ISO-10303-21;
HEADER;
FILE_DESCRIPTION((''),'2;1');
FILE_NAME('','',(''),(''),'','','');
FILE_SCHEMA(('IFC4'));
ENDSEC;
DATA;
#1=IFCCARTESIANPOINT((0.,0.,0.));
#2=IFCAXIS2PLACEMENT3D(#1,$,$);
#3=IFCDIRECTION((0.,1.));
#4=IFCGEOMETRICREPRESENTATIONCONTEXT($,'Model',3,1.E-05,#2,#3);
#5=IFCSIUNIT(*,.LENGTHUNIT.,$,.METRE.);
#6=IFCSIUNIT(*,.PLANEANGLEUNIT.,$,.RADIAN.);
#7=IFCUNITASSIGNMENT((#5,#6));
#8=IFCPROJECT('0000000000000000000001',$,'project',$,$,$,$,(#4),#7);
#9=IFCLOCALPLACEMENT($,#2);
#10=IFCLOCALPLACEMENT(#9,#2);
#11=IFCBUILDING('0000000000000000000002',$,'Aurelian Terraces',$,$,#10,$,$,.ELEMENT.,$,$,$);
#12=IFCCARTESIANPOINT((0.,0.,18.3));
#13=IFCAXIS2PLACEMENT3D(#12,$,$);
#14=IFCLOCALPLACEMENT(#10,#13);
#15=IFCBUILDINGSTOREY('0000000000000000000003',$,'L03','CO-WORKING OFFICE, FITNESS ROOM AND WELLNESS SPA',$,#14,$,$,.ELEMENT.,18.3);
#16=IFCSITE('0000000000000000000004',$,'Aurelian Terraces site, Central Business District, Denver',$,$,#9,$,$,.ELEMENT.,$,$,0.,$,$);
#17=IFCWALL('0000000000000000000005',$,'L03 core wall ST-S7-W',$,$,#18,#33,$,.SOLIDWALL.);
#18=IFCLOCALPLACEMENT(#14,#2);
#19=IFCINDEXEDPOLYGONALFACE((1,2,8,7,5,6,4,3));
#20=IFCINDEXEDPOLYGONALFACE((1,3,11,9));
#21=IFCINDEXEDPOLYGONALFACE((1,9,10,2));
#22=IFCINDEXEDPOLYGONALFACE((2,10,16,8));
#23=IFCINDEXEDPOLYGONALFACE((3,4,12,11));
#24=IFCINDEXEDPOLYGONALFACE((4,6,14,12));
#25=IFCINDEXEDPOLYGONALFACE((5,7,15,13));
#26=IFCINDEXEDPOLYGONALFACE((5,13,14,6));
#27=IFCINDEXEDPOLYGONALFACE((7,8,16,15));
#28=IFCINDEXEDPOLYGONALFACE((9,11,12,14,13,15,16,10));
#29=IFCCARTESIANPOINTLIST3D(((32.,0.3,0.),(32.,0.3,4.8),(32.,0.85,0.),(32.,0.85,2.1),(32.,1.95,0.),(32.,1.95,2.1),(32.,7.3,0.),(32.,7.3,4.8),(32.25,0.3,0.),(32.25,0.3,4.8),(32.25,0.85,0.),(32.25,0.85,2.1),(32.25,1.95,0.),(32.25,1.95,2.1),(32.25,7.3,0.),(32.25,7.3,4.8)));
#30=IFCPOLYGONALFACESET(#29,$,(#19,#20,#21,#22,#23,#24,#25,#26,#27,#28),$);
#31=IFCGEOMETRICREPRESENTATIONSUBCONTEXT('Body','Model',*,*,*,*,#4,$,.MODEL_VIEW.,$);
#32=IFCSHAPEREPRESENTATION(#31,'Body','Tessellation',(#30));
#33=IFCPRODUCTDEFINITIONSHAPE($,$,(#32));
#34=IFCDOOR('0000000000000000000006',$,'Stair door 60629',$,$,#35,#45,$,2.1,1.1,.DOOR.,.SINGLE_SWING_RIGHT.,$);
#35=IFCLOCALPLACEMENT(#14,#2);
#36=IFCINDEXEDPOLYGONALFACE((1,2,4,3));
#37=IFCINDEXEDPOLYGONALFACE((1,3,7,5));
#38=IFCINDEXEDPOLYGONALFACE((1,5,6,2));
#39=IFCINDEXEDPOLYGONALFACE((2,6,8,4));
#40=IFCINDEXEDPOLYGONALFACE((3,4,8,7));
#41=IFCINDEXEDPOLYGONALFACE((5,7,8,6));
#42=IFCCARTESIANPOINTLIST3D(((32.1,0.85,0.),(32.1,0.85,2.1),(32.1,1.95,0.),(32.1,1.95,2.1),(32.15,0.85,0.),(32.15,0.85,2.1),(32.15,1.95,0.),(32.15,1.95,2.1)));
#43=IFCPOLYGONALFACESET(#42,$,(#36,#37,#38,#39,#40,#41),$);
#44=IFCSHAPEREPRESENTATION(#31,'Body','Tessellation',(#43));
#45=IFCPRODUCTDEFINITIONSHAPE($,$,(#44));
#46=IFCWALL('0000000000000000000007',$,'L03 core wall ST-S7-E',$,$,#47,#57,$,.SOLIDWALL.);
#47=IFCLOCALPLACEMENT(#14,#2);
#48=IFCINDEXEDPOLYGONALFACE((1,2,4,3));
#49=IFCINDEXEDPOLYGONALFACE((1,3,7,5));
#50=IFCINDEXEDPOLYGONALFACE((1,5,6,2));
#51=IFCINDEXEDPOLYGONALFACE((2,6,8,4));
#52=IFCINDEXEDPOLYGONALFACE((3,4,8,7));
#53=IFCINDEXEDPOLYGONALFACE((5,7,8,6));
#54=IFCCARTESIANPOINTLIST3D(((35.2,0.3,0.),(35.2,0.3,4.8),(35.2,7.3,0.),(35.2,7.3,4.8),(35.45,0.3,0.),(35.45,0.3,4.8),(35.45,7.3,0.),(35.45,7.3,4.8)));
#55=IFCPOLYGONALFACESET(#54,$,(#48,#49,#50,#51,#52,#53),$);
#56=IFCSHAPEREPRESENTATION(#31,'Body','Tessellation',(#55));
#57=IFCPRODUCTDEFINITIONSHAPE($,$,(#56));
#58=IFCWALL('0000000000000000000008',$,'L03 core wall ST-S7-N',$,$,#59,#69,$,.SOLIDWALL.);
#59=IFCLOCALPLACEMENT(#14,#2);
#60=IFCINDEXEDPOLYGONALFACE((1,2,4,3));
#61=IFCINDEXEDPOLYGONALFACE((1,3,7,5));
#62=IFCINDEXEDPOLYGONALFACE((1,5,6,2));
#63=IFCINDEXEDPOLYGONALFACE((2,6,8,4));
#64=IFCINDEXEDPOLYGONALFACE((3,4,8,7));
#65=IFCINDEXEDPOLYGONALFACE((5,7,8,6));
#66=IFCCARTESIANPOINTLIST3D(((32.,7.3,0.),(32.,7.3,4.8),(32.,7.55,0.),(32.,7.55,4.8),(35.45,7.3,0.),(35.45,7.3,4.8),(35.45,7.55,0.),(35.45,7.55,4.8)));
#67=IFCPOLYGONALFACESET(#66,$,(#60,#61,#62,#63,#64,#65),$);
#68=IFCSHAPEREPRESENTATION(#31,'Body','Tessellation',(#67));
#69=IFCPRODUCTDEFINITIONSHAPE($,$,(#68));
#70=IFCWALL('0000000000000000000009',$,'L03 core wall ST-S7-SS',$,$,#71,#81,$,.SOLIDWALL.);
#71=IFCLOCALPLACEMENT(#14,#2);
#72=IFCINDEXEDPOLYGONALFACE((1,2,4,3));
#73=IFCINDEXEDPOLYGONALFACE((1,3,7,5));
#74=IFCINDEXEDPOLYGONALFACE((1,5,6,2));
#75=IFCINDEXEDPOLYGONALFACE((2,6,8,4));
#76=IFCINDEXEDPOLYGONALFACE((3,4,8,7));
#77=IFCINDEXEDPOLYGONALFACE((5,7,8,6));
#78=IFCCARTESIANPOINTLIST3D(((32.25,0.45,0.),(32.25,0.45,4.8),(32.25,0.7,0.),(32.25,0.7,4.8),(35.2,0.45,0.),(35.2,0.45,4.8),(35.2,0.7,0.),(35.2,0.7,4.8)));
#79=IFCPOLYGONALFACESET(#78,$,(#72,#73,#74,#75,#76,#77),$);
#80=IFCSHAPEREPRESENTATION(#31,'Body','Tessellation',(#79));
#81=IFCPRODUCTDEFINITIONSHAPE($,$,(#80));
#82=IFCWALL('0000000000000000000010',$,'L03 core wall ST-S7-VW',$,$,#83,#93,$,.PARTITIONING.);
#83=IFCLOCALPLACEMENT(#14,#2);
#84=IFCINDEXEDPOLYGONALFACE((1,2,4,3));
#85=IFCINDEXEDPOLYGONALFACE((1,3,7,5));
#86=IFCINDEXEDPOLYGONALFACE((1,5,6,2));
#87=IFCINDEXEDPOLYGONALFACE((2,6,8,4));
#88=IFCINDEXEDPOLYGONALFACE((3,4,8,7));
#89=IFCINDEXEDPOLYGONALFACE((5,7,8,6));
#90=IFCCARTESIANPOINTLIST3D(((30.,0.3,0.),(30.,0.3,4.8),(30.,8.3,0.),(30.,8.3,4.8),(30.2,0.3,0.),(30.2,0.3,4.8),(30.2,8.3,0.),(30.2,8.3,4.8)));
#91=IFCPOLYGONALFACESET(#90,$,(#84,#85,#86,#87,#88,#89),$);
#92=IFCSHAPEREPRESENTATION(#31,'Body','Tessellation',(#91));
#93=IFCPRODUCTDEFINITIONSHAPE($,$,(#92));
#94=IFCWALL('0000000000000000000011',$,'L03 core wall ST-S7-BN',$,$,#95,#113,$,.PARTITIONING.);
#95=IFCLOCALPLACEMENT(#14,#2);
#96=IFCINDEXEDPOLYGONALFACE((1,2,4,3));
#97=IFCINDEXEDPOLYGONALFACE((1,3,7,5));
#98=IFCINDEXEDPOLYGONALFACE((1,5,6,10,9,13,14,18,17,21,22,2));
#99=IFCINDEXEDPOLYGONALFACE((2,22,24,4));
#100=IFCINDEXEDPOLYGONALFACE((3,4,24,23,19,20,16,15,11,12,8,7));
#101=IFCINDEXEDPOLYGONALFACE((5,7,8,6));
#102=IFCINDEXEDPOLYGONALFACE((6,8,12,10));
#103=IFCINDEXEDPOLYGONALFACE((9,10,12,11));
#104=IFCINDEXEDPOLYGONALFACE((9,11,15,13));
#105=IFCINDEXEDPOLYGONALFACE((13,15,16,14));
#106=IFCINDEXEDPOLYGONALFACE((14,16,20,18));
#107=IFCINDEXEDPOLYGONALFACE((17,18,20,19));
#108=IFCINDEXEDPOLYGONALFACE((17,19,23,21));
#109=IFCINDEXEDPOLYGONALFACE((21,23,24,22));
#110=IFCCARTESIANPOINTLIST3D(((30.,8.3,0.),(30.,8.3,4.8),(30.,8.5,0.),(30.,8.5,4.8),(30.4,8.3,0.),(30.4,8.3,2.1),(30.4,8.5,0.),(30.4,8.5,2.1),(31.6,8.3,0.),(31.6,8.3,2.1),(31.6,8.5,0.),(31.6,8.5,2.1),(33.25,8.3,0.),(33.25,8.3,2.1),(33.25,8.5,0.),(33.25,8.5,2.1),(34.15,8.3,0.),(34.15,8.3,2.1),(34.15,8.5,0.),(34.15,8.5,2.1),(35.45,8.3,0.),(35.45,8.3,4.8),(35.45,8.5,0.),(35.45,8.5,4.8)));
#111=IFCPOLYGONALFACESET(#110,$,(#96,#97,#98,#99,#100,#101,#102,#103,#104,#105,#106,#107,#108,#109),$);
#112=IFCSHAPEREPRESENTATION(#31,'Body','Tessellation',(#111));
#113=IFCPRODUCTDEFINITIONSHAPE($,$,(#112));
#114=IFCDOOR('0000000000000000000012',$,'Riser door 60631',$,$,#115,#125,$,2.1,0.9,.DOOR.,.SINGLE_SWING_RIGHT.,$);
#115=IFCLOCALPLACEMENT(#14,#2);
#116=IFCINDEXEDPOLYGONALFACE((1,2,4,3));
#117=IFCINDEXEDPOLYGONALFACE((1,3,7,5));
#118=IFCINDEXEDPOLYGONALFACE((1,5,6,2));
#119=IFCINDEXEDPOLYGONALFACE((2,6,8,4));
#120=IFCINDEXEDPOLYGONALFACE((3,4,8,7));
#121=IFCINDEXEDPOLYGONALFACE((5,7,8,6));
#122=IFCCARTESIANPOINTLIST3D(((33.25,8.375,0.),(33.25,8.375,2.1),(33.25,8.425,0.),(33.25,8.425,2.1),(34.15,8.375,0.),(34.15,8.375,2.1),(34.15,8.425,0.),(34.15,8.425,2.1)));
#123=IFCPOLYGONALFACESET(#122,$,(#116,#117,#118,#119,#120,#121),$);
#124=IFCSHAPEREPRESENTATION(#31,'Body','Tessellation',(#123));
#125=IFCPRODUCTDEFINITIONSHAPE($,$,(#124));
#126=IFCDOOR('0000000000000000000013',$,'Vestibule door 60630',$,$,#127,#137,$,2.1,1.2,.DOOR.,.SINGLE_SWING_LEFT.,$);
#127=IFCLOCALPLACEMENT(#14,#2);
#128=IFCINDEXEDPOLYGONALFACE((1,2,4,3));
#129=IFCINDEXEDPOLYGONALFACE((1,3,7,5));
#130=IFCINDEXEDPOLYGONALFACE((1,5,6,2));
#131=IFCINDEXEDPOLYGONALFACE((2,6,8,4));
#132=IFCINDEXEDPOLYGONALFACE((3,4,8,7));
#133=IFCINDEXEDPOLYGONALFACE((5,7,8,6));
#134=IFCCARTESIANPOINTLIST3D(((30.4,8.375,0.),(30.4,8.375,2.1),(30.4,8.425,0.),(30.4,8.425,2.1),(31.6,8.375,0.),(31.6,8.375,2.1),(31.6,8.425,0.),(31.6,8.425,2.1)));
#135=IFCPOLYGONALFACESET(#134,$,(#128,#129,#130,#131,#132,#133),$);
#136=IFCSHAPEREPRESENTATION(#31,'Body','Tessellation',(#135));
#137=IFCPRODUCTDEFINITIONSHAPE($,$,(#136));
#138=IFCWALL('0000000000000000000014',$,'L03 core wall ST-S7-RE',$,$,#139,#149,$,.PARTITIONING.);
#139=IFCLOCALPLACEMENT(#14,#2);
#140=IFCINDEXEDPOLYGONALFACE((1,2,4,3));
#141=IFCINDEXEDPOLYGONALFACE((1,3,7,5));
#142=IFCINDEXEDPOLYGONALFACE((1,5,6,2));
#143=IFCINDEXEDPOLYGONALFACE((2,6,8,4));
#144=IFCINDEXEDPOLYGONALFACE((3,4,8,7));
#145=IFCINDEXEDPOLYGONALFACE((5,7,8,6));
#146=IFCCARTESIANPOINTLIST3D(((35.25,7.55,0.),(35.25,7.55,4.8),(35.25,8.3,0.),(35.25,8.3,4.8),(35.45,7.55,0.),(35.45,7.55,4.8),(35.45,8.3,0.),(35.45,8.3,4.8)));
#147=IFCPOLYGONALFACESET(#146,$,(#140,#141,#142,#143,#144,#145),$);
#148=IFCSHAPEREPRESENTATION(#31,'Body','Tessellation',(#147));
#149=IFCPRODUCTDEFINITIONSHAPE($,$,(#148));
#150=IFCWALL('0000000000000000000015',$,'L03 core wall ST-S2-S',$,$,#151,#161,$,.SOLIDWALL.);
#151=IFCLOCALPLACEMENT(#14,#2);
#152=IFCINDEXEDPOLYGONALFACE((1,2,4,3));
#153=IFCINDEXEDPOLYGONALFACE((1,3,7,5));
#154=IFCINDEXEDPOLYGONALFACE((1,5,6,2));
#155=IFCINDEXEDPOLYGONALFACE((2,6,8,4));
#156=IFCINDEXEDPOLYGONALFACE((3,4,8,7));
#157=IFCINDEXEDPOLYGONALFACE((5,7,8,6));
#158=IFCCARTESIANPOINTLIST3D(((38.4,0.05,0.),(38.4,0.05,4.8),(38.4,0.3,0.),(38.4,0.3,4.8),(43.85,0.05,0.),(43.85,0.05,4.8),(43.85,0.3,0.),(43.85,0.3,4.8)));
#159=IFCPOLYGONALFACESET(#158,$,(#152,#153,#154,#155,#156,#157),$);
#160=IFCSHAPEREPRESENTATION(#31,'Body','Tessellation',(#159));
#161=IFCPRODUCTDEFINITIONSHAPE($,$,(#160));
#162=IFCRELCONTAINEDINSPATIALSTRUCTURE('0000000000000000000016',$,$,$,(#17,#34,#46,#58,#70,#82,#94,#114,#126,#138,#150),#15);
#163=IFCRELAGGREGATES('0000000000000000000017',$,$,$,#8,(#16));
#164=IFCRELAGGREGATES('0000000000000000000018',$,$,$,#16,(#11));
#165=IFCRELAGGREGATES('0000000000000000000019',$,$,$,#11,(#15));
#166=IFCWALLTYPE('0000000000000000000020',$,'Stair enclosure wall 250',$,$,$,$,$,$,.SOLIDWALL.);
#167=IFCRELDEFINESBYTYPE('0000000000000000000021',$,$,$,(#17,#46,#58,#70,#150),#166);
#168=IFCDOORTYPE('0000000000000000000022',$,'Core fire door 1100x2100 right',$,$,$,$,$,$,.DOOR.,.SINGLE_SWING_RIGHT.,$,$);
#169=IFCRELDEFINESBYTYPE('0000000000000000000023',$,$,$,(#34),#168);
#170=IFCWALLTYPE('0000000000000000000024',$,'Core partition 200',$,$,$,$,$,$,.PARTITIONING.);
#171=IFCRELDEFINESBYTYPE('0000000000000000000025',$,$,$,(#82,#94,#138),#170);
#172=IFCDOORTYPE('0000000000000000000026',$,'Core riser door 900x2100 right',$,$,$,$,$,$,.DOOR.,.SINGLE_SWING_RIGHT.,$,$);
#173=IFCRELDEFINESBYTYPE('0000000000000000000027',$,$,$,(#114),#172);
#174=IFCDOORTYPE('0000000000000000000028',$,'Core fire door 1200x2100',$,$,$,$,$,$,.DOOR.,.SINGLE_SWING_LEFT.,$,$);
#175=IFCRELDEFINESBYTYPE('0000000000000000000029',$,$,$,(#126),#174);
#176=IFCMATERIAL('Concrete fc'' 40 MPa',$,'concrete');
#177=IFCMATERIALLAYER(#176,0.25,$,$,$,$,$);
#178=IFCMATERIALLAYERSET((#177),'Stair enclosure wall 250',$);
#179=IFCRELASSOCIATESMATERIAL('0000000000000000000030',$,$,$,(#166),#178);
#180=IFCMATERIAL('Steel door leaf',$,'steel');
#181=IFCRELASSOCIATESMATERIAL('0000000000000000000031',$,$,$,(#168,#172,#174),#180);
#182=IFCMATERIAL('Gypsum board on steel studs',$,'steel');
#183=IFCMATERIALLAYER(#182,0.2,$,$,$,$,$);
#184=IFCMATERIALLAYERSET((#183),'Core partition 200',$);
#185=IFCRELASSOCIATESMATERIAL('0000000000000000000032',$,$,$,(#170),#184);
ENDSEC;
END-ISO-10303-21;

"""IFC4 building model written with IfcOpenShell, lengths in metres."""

from ifc_helpers import new_model, si_unit, direction, frame, frame_2d, origin, place, context, subcontext, project, spatial, rectangle, extrude, source, transform, mapped, material, layer, layer_set, type_object, element, fill, save


model = new_model("IFC4")

# Units and contexts
model_context = context("Model", 3, precision=1e-05, world=origin(), true_north=direction((0.0, 1.0)))
body_context = subcontext(model_context, "Body", "Model", "MODEL_VIEW")
ifc_project = project(units=[si_unit("LENGTHUNIT", "METRE"), si_unit("PLANEANGLEUNIT", "RADIAN")], contexts=[model_context])

# Site, building, storey
site_placement = place(None, origin())
site = spatial("IfcSite", under=ifc_project, at=site_placement, Name="Aurelian Terraces site, Central Business District, Denver", CompositionType="ELEMENT", RefElevation=0.0)
building_placement = place(site_placement, origin())
building = spatial("IfcBuilding", under=site, at=building_placement, Name="Aurelian Terraces", CompositionType="ELEMENT")
storey_placement = place(building_placement, frame((0.0, 0.0, 18.3)))
storey = spatial("IfcBuildingStorey", under=building, at=storey_placement, Name="L03", Description="CO-WORKING OFFICE, FITNESS ROOM AND WELLNESS SPA", CompositionType="ELEMENT", Elevation=18.3)

# Wall, opening, door
ifc_material_1 = material(Name="Concrete fc' 40 MPa", Category="concrete")
ifc_layer_1 = layer(ifc_material_1, 0.25)
ifc_layer_set_1 = layer_set([ifc_layer_1], Name="Stair enclosure wall 250")
wall_type_1 = type_object("IfcWallType", Name="Stair enclosure wall 250", PredefinedType="SOLIDWALL", material=ifc_layer_set_1)
shared_shape_1 = source(origin(), body_context, "Body", "SweptSolid", [
    extrude(rectangle(XDim=7.0, YDim=0.25, at=frame_2d((3.5, 0.0))), origin(), (0.0, 0.0, 1.0), 4.8),
])
wall_1_placement = place(storey_placement, frame((32.125, 0.3, 0.0), z_axis=(0.0, 0.0, 1.0), x_axis=(0.0, 1.0, 0.0)))
wall_1 = element("IfcWall", 1, at=wall_1_placement, inside=storey, type_object=wall_type_1, Name="L03 core wall ST-S7-W", PredefinedType="SOLIDWALL", context=body_context, shape_type="MappedRepresentation", body=[
    mapped(shared_shape_1, transform((0.0, 0.0, 0.0), scale=1.0)),
])
shared_shape_2 = source(origin(), body_context, "Body", "SweptSolid", [
    extrude(rectangle(XDim=1.1, YDim=2.1, at=frame_2d((0.55, 1.05))), frame((0.0, 0.135, 0.0), z_axis=(0.0, -1.0, 0.0), x_axis=(1.0, 0.0, 0.0)), (0.0, 0.0, 1.0), 0.27),
])
opening_1_placement = place(wall_1_placement, frame((0.55, 0.0, 0.0)))
opening_1 = element("IfcOpeningElement", 2, at=opening_1_placement, cuts=wall_1, PredefinedType="OPENING", context=body_context, shape_type="MappedRepresentation", body=[
    mapped(shared_shape_2, transform((0.0, 0.0, 0.0), scale=1.0)),
])
ifc_material_2 = material(Name="Steel door leaf", Category="steel")
door_type_1 = type_object("IfcDoorType", Name="Core fire door 1100x2100 right", OperationType="SINGLE_SWING_RIGHT", PredefinedType="DOOR", material=ifc_material_2)
shared_shape_3 = source(origin(), body_context, "Body", "SweptSolid", [
    extrude(rectangle(XDim=1.1, YDim=2.1, at=frame_2d((0.55, 1.05))), frame((0.0, 0.025, 0.0), z_axis=(0.0, -1.0, 0.0), x_axis=(1.0, 0.0, 0.0)), (0.0, 0.0, 1.0), 0.05),
])
door_1_placement = place(opening_1_placement, origin())
door_1 = element("IfcDoor", 3, at=door_1_placement, inside=storey, type_object=door_type_1, Name="Stair door 60629", OperationType="SINGLE_SWING_RIGHT", OverallHeight=2.1, OverallWidth=1.1, PredefinedType="DOOR", context=body_context, shape_type="MappedRepresentation", body=[
    mapped(shared_shape_3, transform((0.0, 0.0, 0.0), scale=1.0)),
])
fill(opening_1, door_1)

# Walls
wall_2_placement = place(storey_placement, frame((35.325, 0.3, 0.0), z_axis=(0.0, 0.0, 1.0), x_axis=(0.0, 1.0, 0.0)))
element("IfcWall", 4, at=wall_2_placement, inside=storey, type_object=wall_type_1, Name="L03 core wall ST-S7-E", PredefinedType="SOLIDWALL", context=body_context, shape_type="MappedRepresentation", body=[
    mapped(shared_shape_1, transform((0.0, 0.0, 0.0), scale=1.0)),
])
shared_shape_4 = source(origin(), body_context, "Body", "SweptSolid", [
    extrude(rectangle(XDim=3.45, YDim=0.25, at=frame_2d((1.725, 0.0))), origin(), (0.0, 0.0, 1.0), 4.8),
])
wall_3_placement = place(storey_placement, frame((32.0, 7.425, 0.0), z_axis=(0.0, 0.0, 1.0), x_axis=(1.0, 0.0, 0.0)))
element("IfcWall", 5, at=wall_3_placement, inside=storey, type_object=wall_type_1, Name="L03 core wall ST-S7-N", PredefinedType="SOLIDWALL", context=body_context, shape_type="MappedRepresentation", body=[
    mapped(shared_shape_4, transform((0.0, 0.0, 0.0), scale=1.0)),
])
shared_shape_5 = source(origin(), body_context, "Body", "SweptSolid", [
    extrude(rectangle(XDim=2.95, YDim=0.25, at=frame_2d((1.475, 0.0))), origin(), (0.0, 0.0, 1.0), 4.8),
])
wall_4_placement = place(storey_placement, frame((32.25, 0.575, 0.0), z_axis=(0.0, 0.0, 1.0), x_axis=(1.0, 0.0, 0.0)))
element("IfcWall", 6, at=wall_4_placement, inside=storey, type_object=wall_type_1, Name="L03 core wall ST-S7-SS", PredefinedType="SOLIDWALL", context=body_context, shape_type="MappedRepresentation", body=[
    mapped(shared_shape_5, transform((0.0, 0.0, 0.0), scale=1.0)),
])
ifc_material_3 = material(Name="Gypsum board on steel studs", Category="steel")
ifc_layer_2 = layer(ifc_material_3, 0.2)
ifc_layer_set_2 = layer_set([ifc_layer_2], Name="Core partition 200")
wall_type_2 = type_object("IfcWallType", Name="Core partition 200", PredefinedType="PARTITIONING", material=ifc_layer_set_2)
shared_shape_6 = source(origin(), body_context, "Body", "SweptSolid", [
    extrude(rectangle(XDim=8.0, YDim=0.2, at=frame_2d((4.0, 0.0))), origin(), (0.0, 0.0, 1.0), 4.8),
])
wall_5_placement = place(storey_placement, frame((30.1, 0.3, 0.0), z_axis=(0.0, 0.0, 1.0), x_axis=(0.0, 1.0, 0.0)))
element("IfcWall", 7, at=wall_5_placement, inside=storey, type_object=wall_type_2, Name="L03 core wall ST-S7-VW", PredefinedType="PARTITIONING", context=body_context, shape_type="MappedRepresentation", body=[
    mapped(shared_shape_6, transform((0.0, 0.0, 0.0), scale=1.0)),
])

# Wall, openings, doors
shared_shape_7 = source(origin(), body_context, "Body", "SweptSolid", [
    extrude(rectangle(XDim=5.45, YDim=0.2, at=frame_2d((2.725, 0.0))), origin(), (0.0, 0.0, 1.0), 4.8),
])
wall_6_placement = place(storey_placement, frame((30.0, 8.4, 0.0), z_axis=(0.0, 0.0, 1.0), x_axis=(1.0, 0.0, 0.0)))
wall_6 = element("IfcWall", 8, at=wall_6_placement, inside=storey, type_object=wall_type_2, Name="L03 core wall ST-S7-BN", PredefinedType="PARTITIONING", context=body_context, shape_type="MappedRepresentation", body=[
    mapped(shared_shape_7, transform((0.0, 0.0, 0.0), scale=1.0)),
])
shared_shape_8 = source(origin(), body_context, "Body", "SweptSolid", [
    extrude(rectangle(XDim=1.2, YDim=2.1, at=frame_2d((0.6, 1.05))), frame((0.0, 0.11, 0.0), z_axis=(0.0, -1.0, 0.0), x_axis=(1.0, 0.0, 0.0)), (0.0, 0.0, 1.0), 0.22),
])
opening_2_placement = place(wall_6_placement, frame((0.4, 0.0, 0.0)))
opening_2 = element("IfcOpeningElement", 9, at=opening_2_placement, cuts=wall_6, PredefinedType="OPENING", context=body_context, shape_type="MappedRepresentation", body=[
    mapped(shared_shape_8, transform((0.0, 0.0, 0.0), scale=1.0)),
])
shared_shape_9 = source(origin(), body_context, "Body", "SweptSolid", [
    extrude(rectangle(XDim=0.9, YDim=2.1, at=frame_2d((0.45, 1.05))), frame((0.0, 0.11, 0.0), z_axis=(0.0, -1.0, 0.0), x_axis=(1.0, 0.0, 0.0)), (0.0, 0.0, 1.0), 0.22),
])
opening_3_placement = place(wall_6_placement, frame((3.25, 0.0, 0.0)))
opening_3 = element("IfcOpeningElement", 10, at=opening_3_placement, cuts=wall_6, PredefinedType="OPENING", context=body_context, shape_type="MappedRepresentation", body=[
    mapped(shared_shape_9, transform((0.0, 0.0, 0.0), scale=1.0)),
])
door_type_2 = type_object("IfcDoorType", Name="Core riser door 900x2100 right", OperationType="SINGLE_SWING_RIGHT", PredefinedType="DOOR", material=ifc_material_2)
shared_shape_10 = source(origin(), body_context, "Body", "SweptSolid", [
    extrude(rectangle(XDim=0.9, YDim=2.1, at=frame_2d((0.45, 1.05))), frame((0.0, 0.025, 0.0), z_axis=(0.0, -1.0, 0.0), x_axis=(1.0, 0.0, 0.0)), (0.0, 0.0, 1.0), 0.05),
])
door_2_placement = place(opening_3_placement, origin())
door_2 = element("IfcDoor", 11, at=door_2_placement, inside=storey, type_object=door_type_2, Name="Riser door 60631", OperationType="SINGLE_SWING_RIGHT", OverallHeight=2.1, OverallWidth=0.9, PredefinedType="DOOR", context=body_context, shape_type="MappedRepresentation", body=[
    mapped(shared_shape_10, transform((0.0, 0.0, 0.0), scale=1.0)),
])
fill(opening_3, door_2)
door_type_3 = type_object("IfcDoorType", Name="Core fire door 1200x2100", OperationType="SINGLE_SWING_LEFT", PredefinedType="DOOR", material=ifc_material_2)
shared_shape_11 = source(origin(), body_context, "Body", "SweptSolid", [
    extrude(rectangle(XDim=1.2, YDim=2.1, at=frame_2d((0.6, 1.05))), frame((0.0, 0.025, 0.0), z_axis=(0.0, -1.0, 0.0), x_axis=(1.0, 0.0, 0.0)), (0.0, 0.0, 1.0), 0.05),
])
door_3_placement = place(opening_2_placement, origin())
door_3 = element("IfcDoor", 12, at=door_3_placement, inside=storey, type_object=door_type_3, Name="Vestibule door 60630", OperationType="SINGLE_SWING_LEFT", OverallHeight=2.1, OverallWidth=1.2, PredefinedType="DOOR", context=body_context, shape_type="MappedRepresentation", body=[
    mapped(shared_shape_11, transform((0.0, 0.0, 0.0), scale=1.0)),
])
fill(opening_2, door_3)

# Walls
shared_shape_12 = source(origin(), body_context, "Body", "SweptSolid", [
    extrude(rectangle(XDim=0.75, YDim=0.2, at=frame_2d((0.375, 0.0))), origin(), (0.0, 0.0, 1.0), 4.8),
])
wall_7_placement = place(storey_placement, frame((35.35, 7.55, 0.0), z_axis=(0.0, 0.0, 1.0), x_axis=(0.0, 1.0, 0.0)))
element("IfcWall", 13, at=wall_7_placement, inside=storey, type_object=wall_type_2, Name="L03 core wall ST-S7-RE", PredefinedType="PARTITIONING", context=body_context, shape_type="MappedRepresentation", body=[
    mapped(shared_shape_12, transform((0.0, 0.0, 0.0), scale=1.0)),
])
shared_shape_13 = source(origin(), body_context, "Body", "SweptSolid", [
    extrude(rectangle(XDim=5.45, YDim=0.25, at=frame_2d((2.725, 0.0))), origin(), (0.0, 0.0, 1.0), 4.8),
])
for number, where, z_axis, x_axis, name in (
    (14, (38.4, 0.175, 0.0), (0.0, 0.0, 1.0), (1.0, 0.0, 0.0), "L03 core wall ST-S2-S"),
):
    element("IfcWall", number, at=place(storey_placement, frame(where, z_axis=z_axis, x_axis=x_axis)), inside=storey, type_object=wall_type_1, Name=name, PredefinedType="SOLIDWALL", context=body_context, shape_type="MappedRepresentation", body=[
        mapped(shared_shape_13, transform((0.0, 0.0, 0.0), scale=1.0)),
    ])

save(model, "model.ifc")
